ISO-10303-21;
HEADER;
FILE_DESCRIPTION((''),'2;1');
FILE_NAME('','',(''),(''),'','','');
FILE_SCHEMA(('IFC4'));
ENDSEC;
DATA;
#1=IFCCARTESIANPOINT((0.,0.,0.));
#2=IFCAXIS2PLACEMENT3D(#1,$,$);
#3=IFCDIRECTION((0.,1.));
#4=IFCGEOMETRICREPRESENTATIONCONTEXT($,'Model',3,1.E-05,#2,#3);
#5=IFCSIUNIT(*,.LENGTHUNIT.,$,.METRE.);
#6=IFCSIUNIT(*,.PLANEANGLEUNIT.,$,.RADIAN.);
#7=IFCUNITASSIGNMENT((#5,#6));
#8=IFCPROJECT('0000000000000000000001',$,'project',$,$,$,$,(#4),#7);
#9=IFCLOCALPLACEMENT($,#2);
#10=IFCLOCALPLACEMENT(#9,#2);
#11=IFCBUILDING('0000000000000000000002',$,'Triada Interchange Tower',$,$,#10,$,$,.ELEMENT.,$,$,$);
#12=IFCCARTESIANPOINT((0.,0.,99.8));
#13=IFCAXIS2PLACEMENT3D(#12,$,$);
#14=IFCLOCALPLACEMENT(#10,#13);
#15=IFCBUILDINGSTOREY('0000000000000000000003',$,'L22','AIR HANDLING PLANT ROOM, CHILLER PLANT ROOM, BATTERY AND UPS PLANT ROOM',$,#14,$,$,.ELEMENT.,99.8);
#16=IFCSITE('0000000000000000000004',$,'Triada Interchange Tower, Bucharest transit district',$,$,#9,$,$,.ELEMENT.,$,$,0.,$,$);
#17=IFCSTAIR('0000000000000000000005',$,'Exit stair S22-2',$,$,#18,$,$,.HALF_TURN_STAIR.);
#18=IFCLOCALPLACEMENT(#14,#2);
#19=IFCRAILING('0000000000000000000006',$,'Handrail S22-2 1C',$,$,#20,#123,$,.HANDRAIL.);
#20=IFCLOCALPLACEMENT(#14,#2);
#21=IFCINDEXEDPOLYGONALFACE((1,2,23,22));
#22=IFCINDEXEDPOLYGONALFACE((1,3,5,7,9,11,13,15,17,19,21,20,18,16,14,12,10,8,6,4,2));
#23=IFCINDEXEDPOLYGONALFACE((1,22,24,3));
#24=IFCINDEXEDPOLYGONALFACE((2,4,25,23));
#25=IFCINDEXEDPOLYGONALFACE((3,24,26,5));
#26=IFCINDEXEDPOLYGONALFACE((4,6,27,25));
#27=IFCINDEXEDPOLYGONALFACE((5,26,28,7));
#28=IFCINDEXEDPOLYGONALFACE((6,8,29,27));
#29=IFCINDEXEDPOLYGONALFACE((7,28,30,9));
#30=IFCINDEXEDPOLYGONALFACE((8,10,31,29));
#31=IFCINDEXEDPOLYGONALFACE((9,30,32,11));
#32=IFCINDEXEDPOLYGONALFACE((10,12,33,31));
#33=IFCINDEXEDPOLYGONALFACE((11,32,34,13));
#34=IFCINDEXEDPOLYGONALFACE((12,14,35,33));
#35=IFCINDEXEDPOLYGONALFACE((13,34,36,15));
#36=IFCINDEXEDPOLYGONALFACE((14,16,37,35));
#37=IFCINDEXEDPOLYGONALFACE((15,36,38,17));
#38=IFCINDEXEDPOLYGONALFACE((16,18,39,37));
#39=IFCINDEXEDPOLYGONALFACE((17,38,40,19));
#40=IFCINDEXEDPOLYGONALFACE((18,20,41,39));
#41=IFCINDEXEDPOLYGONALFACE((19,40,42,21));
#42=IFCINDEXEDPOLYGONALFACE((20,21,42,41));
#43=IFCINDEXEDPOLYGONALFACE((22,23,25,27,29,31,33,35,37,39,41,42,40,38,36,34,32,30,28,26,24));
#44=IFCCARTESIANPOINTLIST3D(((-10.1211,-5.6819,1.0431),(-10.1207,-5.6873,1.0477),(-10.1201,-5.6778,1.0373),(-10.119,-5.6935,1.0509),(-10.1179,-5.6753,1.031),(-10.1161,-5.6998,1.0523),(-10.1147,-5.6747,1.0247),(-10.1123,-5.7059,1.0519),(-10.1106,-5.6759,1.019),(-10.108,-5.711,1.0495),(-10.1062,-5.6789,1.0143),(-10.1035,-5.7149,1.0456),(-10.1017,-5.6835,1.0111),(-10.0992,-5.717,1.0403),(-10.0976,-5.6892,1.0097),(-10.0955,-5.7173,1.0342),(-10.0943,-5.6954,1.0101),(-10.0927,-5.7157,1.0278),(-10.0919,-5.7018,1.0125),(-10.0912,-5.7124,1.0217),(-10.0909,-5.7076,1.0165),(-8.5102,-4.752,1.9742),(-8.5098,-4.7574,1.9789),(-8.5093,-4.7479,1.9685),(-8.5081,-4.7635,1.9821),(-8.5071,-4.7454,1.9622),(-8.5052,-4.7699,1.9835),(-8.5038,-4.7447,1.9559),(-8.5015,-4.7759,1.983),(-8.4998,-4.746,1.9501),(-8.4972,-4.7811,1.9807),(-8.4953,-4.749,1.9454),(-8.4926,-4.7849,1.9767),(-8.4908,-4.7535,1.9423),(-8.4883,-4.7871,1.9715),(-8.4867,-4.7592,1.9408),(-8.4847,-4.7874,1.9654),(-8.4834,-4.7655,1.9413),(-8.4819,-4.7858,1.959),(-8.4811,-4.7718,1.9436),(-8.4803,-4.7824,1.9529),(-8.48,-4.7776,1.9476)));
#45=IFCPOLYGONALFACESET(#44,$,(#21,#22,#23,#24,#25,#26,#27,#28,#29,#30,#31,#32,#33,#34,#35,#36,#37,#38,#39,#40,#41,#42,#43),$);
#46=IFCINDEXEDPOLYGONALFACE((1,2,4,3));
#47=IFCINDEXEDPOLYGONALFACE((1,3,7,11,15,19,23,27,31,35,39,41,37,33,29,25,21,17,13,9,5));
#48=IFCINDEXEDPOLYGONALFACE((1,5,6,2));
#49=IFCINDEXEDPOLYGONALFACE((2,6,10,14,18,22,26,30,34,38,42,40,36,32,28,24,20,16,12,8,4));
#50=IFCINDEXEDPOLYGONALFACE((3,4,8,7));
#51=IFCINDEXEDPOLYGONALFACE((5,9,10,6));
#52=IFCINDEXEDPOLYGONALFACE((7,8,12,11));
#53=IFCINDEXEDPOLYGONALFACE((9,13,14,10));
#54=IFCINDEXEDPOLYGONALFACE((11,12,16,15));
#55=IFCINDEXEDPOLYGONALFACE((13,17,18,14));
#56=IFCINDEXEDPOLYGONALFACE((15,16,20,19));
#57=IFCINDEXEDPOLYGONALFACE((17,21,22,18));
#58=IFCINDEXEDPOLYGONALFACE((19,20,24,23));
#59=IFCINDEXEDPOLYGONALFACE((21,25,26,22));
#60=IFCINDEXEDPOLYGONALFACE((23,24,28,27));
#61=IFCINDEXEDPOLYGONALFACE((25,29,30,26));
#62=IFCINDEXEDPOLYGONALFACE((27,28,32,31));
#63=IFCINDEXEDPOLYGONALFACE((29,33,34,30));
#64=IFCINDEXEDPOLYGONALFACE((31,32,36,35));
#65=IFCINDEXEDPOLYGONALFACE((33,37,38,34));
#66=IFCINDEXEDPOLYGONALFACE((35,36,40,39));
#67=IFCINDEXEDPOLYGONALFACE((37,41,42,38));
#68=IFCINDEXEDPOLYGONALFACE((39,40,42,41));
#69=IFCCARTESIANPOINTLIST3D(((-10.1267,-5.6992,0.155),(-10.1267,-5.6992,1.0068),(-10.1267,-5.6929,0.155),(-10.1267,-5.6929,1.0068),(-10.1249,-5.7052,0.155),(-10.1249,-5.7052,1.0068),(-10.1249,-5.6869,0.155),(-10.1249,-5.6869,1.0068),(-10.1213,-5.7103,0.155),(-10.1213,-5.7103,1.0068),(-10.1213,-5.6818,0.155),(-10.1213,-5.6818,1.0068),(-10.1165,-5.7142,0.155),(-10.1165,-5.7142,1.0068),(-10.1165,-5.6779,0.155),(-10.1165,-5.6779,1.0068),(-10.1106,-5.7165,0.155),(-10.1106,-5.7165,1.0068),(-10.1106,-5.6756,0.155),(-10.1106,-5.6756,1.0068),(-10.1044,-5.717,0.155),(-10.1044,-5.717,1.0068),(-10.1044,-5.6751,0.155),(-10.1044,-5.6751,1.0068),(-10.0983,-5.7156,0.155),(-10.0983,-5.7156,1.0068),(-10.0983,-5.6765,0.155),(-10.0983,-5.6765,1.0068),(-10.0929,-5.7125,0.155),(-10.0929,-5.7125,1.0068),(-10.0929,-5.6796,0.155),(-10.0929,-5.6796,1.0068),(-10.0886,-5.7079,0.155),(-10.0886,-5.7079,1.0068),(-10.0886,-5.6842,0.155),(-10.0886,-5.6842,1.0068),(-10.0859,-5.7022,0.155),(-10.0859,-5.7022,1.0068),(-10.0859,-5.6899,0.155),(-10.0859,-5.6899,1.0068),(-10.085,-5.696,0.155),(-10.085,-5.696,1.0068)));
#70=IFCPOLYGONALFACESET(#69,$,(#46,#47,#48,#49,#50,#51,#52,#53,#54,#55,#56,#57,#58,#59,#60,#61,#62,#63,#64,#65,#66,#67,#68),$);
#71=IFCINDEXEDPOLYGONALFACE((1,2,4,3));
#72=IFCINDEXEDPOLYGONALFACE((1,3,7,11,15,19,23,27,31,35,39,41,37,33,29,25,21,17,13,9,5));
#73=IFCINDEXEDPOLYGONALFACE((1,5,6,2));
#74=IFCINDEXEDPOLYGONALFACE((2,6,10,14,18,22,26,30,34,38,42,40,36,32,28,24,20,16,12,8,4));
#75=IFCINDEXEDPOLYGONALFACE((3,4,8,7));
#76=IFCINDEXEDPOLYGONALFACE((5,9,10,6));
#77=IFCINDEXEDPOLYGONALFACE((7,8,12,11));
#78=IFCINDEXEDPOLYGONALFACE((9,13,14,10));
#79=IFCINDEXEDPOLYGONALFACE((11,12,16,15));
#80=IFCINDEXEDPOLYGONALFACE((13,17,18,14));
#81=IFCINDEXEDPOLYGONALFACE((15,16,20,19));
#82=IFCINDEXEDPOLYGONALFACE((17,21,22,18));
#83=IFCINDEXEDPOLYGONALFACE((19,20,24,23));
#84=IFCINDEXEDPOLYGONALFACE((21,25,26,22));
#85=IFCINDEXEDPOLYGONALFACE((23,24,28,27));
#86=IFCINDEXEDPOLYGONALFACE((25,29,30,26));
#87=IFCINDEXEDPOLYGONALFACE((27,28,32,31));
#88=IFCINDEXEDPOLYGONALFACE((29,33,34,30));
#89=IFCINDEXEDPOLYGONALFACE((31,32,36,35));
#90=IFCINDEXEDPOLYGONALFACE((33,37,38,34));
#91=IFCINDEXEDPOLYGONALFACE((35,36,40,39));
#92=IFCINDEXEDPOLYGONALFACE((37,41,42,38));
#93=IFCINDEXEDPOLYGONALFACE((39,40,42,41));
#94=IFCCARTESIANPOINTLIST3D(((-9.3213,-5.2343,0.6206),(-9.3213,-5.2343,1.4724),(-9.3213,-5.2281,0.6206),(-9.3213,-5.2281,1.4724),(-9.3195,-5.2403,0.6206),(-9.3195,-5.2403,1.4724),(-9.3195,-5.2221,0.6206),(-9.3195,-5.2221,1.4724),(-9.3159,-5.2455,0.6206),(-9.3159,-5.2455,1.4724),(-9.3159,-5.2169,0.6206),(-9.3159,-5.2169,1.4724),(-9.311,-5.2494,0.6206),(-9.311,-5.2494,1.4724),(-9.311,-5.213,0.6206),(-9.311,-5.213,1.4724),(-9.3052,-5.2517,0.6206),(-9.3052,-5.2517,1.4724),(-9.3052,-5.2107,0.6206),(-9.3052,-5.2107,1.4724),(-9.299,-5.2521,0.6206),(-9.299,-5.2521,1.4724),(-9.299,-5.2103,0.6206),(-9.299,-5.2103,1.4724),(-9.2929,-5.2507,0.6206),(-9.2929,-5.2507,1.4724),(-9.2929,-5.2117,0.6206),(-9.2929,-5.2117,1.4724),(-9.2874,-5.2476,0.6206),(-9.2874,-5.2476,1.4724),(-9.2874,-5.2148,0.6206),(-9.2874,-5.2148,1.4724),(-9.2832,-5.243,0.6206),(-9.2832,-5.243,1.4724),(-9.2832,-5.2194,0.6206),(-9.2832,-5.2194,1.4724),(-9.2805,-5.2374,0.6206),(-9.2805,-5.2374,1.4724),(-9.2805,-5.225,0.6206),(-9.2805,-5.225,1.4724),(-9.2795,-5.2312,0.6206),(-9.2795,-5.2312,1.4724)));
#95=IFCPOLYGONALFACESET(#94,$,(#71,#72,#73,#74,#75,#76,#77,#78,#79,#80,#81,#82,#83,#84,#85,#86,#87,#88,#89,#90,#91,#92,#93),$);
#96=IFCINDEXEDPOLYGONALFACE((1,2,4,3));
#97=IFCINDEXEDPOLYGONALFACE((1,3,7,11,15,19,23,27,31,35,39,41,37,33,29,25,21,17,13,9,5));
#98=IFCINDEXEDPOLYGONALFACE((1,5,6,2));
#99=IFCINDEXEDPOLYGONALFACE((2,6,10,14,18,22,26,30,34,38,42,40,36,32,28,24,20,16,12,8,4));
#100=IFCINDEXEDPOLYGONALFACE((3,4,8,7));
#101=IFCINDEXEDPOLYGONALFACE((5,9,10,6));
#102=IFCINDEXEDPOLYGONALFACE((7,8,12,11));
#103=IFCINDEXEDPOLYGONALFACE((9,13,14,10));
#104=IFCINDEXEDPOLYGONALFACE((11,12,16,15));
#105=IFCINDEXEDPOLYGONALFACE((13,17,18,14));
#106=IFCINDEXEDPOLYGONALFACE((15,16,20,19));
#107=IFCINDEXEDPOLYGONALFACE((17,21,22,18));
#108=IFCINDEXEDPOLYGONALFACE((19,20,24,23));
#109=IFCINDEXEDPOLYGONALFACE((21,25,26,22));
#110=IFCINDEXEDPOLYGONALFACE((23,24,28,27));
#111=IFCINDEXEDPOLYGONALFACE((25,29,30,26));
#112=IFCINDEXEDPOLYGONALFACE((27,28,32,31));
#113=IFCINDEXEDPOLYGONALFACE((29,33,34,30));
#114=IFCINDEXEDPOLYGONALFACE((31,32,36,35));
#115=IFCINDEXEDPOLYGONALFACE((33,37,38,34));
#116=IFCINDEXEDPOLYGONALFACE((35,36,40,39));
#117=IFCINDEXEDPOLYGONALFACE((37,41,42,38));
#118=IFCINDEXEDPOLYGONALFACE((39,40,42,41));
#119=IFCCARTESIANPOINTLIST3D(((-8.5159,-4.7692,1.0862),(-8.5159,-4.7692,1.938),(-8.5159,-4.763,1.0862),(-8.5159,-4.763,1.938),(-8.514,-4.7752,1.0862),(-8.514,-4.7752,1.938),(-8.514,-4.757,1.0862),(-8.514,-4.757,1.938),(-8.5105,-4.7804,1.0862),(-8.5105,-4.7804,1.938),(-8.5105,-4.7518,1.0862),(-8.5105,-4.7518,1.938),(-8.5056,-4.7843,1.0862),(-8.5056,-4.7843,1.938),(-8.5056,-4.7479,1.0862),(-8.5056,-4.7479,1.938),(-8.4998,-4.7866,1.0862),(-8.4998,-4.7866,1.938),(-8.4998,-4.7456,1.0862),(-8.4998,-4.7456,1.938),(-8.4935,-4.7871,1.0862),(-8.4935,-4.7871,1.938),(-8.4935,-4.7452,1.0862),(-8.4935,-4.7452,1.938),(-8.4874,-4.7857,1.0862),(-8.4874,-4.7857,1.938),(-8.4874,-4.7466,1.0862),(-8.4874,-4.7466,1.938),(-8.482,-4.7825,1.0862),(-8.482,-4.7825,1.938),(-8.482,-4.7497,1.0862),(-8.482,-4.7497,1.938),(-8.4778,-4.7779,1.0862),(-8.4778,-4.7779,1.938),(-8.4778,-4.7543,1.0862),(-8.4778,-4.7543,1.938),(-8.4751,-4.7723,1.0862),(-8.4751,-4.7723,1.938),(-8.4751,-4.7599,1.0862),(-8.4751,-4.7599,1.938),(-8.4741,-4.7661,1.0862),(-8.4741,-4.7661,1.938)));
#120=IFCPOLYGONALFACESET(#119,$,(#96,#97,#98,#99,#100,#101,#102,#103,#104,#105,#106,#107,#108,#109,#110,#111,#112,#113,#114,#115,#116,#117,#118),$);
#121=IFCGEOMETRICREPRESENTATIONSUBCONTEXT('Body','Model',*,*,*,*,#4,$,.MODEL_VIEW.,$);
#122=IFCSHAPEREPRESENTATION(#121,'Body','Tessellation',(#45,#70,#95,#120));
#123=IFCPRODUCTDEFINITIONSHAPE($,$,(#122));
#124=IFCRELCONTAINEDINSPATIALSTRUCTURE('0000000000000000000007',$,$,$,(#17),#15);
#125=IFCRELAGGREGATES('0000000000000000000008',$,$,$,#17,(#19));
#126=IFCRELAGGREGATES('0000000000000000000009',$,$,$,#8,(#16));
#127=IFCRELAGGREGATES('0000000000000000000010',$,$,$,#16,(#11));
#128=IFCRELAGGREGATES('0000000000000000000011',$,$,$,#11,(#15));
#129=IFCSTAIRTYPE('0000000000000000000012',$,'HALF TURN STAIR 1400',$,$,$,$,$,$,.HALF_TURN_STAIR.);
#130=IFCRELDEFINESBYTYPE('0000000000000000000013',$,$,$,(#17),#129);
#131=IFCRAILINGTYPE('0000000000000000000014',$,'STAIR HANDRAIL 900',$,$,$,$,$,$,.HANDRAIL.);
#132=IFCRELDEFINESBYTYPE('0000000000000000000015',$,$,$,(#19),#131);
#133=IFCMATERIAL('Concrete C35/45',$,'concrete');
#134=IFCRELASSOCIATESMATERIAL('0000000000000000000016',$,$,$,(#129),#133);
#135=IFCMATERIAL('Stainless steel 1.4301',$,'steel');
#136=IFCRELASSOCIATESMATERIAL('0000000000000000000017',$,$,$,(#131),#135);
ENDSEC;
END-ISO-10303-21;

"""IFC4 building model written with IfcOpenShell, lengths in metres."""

from ifc_helpers import new_model, si_unit, direction, frame, origin, origin_2d, place, context, subcontext, project, spatial, circle, extrude, material, type_object, element, aggregate, save


model = new_model("IFC4")

# Units and contexts
model_context = context("Model", 3, precision=1e-05, world=origin(), true_north=direction((0.0, 1.0)))
body_context = subcontext(model_context, "Body", "Model", "MODEL_VIEW")
ifc_project = project(units=[si_unit("LENGTHUNIT", "METRE"), si_unit("PLANEANGLEUNIT", "RADIAN")], contexts=[model_context])

# Site, building, storey
site_placement = place(None, origin())
site = spatial("IfcSite", under=ifc_project, at=site_placement, Name="Triada Interchange Tower, Bucharest transit district", CompositionType="ELEMENT", RefElevation=0.0)
building_placement = place(site_placement, origin())
building = spatial("IfcBuilding", under=site, at=building_placement, Name="Triada Interchange Tower", CompositionType="ELEMENT")
storey_placement = place(building_placement, frame((0.0, 0.0, 99.8)))
storey = spatial("IfcBuildingStorey", under=building, at=storey_placement, Name="L22", Description="AIR HANDLING PLANT ROOM, CHILLER PLANT ROOM, BATTERY AND UPS PLANT ROOM", CompositionType="ELEMENT", Elevation=99.8)

# Shared definitions
ifc_material_1 = material(Name="Concrete C35/45", Category="concrete")

# Stair, railing
stair_type = type_object("IfcStairType", Name="HALF TURN STAIR 1400", PredefinedType="HALF_TURN_STAIR", material=ifc_material_1)
stair_placement = place(storey_placement, origin())
stair = element("IfcStair", 1, at=stair_placement, inside=storey, type_object=stair_type, Name="Exit stair S22-2", PredefinedType="HALF_TURN_STAIR")
ifc_material_2 = material(Name="Stainless steel 1.4301", Category="steel")
railing_type_1 = type_object("IfcRailingType", Name="STAIR HANDRAIL 900", PredefinedType="HANDRAIL", material=ifc_material_2)
railing_1_placement = place(storey_placement, frame((-10.106, -5.696, 0.155)))
railing_1 = element("IfcRailing", 2, at=railing_1_placement, type_object=railing_type_1, Name="Handrail S22-2 1C", PredefinedType="HANDRAIL", context=body_context, shape_type="SweptSolid", body=[
    extrude(circle(Radius=0.0239, at=origin_2d()), frame((0.0, 0.0, 0.876), z_axis=(0.774422, 0.447071, 0.447658), x_axis=(-0.499965, 0.866046, 0.0)), (0.0, 0.0, 1.0), 2.0801),
    extrude(circle(Radius=0.021, at=origin_2d()), origin(), (0.0, 0.0, 1.0), 0.8518),
    extrude(circle(Radius=0.021, at=origin_2d()), frame((0.8054, 0.4648, 0.4656)), (0.0, 0.0, 1.0), 0.8518),
    extrude(circle(Radius=0.021, at=origin_2d()), frame((1.6108, 0.9299, 0.9312)), (0.0, 0.0, 1.0), 0.8518),
])
aggregate(stair, [railing_1])

save(model, "model.ifc")
